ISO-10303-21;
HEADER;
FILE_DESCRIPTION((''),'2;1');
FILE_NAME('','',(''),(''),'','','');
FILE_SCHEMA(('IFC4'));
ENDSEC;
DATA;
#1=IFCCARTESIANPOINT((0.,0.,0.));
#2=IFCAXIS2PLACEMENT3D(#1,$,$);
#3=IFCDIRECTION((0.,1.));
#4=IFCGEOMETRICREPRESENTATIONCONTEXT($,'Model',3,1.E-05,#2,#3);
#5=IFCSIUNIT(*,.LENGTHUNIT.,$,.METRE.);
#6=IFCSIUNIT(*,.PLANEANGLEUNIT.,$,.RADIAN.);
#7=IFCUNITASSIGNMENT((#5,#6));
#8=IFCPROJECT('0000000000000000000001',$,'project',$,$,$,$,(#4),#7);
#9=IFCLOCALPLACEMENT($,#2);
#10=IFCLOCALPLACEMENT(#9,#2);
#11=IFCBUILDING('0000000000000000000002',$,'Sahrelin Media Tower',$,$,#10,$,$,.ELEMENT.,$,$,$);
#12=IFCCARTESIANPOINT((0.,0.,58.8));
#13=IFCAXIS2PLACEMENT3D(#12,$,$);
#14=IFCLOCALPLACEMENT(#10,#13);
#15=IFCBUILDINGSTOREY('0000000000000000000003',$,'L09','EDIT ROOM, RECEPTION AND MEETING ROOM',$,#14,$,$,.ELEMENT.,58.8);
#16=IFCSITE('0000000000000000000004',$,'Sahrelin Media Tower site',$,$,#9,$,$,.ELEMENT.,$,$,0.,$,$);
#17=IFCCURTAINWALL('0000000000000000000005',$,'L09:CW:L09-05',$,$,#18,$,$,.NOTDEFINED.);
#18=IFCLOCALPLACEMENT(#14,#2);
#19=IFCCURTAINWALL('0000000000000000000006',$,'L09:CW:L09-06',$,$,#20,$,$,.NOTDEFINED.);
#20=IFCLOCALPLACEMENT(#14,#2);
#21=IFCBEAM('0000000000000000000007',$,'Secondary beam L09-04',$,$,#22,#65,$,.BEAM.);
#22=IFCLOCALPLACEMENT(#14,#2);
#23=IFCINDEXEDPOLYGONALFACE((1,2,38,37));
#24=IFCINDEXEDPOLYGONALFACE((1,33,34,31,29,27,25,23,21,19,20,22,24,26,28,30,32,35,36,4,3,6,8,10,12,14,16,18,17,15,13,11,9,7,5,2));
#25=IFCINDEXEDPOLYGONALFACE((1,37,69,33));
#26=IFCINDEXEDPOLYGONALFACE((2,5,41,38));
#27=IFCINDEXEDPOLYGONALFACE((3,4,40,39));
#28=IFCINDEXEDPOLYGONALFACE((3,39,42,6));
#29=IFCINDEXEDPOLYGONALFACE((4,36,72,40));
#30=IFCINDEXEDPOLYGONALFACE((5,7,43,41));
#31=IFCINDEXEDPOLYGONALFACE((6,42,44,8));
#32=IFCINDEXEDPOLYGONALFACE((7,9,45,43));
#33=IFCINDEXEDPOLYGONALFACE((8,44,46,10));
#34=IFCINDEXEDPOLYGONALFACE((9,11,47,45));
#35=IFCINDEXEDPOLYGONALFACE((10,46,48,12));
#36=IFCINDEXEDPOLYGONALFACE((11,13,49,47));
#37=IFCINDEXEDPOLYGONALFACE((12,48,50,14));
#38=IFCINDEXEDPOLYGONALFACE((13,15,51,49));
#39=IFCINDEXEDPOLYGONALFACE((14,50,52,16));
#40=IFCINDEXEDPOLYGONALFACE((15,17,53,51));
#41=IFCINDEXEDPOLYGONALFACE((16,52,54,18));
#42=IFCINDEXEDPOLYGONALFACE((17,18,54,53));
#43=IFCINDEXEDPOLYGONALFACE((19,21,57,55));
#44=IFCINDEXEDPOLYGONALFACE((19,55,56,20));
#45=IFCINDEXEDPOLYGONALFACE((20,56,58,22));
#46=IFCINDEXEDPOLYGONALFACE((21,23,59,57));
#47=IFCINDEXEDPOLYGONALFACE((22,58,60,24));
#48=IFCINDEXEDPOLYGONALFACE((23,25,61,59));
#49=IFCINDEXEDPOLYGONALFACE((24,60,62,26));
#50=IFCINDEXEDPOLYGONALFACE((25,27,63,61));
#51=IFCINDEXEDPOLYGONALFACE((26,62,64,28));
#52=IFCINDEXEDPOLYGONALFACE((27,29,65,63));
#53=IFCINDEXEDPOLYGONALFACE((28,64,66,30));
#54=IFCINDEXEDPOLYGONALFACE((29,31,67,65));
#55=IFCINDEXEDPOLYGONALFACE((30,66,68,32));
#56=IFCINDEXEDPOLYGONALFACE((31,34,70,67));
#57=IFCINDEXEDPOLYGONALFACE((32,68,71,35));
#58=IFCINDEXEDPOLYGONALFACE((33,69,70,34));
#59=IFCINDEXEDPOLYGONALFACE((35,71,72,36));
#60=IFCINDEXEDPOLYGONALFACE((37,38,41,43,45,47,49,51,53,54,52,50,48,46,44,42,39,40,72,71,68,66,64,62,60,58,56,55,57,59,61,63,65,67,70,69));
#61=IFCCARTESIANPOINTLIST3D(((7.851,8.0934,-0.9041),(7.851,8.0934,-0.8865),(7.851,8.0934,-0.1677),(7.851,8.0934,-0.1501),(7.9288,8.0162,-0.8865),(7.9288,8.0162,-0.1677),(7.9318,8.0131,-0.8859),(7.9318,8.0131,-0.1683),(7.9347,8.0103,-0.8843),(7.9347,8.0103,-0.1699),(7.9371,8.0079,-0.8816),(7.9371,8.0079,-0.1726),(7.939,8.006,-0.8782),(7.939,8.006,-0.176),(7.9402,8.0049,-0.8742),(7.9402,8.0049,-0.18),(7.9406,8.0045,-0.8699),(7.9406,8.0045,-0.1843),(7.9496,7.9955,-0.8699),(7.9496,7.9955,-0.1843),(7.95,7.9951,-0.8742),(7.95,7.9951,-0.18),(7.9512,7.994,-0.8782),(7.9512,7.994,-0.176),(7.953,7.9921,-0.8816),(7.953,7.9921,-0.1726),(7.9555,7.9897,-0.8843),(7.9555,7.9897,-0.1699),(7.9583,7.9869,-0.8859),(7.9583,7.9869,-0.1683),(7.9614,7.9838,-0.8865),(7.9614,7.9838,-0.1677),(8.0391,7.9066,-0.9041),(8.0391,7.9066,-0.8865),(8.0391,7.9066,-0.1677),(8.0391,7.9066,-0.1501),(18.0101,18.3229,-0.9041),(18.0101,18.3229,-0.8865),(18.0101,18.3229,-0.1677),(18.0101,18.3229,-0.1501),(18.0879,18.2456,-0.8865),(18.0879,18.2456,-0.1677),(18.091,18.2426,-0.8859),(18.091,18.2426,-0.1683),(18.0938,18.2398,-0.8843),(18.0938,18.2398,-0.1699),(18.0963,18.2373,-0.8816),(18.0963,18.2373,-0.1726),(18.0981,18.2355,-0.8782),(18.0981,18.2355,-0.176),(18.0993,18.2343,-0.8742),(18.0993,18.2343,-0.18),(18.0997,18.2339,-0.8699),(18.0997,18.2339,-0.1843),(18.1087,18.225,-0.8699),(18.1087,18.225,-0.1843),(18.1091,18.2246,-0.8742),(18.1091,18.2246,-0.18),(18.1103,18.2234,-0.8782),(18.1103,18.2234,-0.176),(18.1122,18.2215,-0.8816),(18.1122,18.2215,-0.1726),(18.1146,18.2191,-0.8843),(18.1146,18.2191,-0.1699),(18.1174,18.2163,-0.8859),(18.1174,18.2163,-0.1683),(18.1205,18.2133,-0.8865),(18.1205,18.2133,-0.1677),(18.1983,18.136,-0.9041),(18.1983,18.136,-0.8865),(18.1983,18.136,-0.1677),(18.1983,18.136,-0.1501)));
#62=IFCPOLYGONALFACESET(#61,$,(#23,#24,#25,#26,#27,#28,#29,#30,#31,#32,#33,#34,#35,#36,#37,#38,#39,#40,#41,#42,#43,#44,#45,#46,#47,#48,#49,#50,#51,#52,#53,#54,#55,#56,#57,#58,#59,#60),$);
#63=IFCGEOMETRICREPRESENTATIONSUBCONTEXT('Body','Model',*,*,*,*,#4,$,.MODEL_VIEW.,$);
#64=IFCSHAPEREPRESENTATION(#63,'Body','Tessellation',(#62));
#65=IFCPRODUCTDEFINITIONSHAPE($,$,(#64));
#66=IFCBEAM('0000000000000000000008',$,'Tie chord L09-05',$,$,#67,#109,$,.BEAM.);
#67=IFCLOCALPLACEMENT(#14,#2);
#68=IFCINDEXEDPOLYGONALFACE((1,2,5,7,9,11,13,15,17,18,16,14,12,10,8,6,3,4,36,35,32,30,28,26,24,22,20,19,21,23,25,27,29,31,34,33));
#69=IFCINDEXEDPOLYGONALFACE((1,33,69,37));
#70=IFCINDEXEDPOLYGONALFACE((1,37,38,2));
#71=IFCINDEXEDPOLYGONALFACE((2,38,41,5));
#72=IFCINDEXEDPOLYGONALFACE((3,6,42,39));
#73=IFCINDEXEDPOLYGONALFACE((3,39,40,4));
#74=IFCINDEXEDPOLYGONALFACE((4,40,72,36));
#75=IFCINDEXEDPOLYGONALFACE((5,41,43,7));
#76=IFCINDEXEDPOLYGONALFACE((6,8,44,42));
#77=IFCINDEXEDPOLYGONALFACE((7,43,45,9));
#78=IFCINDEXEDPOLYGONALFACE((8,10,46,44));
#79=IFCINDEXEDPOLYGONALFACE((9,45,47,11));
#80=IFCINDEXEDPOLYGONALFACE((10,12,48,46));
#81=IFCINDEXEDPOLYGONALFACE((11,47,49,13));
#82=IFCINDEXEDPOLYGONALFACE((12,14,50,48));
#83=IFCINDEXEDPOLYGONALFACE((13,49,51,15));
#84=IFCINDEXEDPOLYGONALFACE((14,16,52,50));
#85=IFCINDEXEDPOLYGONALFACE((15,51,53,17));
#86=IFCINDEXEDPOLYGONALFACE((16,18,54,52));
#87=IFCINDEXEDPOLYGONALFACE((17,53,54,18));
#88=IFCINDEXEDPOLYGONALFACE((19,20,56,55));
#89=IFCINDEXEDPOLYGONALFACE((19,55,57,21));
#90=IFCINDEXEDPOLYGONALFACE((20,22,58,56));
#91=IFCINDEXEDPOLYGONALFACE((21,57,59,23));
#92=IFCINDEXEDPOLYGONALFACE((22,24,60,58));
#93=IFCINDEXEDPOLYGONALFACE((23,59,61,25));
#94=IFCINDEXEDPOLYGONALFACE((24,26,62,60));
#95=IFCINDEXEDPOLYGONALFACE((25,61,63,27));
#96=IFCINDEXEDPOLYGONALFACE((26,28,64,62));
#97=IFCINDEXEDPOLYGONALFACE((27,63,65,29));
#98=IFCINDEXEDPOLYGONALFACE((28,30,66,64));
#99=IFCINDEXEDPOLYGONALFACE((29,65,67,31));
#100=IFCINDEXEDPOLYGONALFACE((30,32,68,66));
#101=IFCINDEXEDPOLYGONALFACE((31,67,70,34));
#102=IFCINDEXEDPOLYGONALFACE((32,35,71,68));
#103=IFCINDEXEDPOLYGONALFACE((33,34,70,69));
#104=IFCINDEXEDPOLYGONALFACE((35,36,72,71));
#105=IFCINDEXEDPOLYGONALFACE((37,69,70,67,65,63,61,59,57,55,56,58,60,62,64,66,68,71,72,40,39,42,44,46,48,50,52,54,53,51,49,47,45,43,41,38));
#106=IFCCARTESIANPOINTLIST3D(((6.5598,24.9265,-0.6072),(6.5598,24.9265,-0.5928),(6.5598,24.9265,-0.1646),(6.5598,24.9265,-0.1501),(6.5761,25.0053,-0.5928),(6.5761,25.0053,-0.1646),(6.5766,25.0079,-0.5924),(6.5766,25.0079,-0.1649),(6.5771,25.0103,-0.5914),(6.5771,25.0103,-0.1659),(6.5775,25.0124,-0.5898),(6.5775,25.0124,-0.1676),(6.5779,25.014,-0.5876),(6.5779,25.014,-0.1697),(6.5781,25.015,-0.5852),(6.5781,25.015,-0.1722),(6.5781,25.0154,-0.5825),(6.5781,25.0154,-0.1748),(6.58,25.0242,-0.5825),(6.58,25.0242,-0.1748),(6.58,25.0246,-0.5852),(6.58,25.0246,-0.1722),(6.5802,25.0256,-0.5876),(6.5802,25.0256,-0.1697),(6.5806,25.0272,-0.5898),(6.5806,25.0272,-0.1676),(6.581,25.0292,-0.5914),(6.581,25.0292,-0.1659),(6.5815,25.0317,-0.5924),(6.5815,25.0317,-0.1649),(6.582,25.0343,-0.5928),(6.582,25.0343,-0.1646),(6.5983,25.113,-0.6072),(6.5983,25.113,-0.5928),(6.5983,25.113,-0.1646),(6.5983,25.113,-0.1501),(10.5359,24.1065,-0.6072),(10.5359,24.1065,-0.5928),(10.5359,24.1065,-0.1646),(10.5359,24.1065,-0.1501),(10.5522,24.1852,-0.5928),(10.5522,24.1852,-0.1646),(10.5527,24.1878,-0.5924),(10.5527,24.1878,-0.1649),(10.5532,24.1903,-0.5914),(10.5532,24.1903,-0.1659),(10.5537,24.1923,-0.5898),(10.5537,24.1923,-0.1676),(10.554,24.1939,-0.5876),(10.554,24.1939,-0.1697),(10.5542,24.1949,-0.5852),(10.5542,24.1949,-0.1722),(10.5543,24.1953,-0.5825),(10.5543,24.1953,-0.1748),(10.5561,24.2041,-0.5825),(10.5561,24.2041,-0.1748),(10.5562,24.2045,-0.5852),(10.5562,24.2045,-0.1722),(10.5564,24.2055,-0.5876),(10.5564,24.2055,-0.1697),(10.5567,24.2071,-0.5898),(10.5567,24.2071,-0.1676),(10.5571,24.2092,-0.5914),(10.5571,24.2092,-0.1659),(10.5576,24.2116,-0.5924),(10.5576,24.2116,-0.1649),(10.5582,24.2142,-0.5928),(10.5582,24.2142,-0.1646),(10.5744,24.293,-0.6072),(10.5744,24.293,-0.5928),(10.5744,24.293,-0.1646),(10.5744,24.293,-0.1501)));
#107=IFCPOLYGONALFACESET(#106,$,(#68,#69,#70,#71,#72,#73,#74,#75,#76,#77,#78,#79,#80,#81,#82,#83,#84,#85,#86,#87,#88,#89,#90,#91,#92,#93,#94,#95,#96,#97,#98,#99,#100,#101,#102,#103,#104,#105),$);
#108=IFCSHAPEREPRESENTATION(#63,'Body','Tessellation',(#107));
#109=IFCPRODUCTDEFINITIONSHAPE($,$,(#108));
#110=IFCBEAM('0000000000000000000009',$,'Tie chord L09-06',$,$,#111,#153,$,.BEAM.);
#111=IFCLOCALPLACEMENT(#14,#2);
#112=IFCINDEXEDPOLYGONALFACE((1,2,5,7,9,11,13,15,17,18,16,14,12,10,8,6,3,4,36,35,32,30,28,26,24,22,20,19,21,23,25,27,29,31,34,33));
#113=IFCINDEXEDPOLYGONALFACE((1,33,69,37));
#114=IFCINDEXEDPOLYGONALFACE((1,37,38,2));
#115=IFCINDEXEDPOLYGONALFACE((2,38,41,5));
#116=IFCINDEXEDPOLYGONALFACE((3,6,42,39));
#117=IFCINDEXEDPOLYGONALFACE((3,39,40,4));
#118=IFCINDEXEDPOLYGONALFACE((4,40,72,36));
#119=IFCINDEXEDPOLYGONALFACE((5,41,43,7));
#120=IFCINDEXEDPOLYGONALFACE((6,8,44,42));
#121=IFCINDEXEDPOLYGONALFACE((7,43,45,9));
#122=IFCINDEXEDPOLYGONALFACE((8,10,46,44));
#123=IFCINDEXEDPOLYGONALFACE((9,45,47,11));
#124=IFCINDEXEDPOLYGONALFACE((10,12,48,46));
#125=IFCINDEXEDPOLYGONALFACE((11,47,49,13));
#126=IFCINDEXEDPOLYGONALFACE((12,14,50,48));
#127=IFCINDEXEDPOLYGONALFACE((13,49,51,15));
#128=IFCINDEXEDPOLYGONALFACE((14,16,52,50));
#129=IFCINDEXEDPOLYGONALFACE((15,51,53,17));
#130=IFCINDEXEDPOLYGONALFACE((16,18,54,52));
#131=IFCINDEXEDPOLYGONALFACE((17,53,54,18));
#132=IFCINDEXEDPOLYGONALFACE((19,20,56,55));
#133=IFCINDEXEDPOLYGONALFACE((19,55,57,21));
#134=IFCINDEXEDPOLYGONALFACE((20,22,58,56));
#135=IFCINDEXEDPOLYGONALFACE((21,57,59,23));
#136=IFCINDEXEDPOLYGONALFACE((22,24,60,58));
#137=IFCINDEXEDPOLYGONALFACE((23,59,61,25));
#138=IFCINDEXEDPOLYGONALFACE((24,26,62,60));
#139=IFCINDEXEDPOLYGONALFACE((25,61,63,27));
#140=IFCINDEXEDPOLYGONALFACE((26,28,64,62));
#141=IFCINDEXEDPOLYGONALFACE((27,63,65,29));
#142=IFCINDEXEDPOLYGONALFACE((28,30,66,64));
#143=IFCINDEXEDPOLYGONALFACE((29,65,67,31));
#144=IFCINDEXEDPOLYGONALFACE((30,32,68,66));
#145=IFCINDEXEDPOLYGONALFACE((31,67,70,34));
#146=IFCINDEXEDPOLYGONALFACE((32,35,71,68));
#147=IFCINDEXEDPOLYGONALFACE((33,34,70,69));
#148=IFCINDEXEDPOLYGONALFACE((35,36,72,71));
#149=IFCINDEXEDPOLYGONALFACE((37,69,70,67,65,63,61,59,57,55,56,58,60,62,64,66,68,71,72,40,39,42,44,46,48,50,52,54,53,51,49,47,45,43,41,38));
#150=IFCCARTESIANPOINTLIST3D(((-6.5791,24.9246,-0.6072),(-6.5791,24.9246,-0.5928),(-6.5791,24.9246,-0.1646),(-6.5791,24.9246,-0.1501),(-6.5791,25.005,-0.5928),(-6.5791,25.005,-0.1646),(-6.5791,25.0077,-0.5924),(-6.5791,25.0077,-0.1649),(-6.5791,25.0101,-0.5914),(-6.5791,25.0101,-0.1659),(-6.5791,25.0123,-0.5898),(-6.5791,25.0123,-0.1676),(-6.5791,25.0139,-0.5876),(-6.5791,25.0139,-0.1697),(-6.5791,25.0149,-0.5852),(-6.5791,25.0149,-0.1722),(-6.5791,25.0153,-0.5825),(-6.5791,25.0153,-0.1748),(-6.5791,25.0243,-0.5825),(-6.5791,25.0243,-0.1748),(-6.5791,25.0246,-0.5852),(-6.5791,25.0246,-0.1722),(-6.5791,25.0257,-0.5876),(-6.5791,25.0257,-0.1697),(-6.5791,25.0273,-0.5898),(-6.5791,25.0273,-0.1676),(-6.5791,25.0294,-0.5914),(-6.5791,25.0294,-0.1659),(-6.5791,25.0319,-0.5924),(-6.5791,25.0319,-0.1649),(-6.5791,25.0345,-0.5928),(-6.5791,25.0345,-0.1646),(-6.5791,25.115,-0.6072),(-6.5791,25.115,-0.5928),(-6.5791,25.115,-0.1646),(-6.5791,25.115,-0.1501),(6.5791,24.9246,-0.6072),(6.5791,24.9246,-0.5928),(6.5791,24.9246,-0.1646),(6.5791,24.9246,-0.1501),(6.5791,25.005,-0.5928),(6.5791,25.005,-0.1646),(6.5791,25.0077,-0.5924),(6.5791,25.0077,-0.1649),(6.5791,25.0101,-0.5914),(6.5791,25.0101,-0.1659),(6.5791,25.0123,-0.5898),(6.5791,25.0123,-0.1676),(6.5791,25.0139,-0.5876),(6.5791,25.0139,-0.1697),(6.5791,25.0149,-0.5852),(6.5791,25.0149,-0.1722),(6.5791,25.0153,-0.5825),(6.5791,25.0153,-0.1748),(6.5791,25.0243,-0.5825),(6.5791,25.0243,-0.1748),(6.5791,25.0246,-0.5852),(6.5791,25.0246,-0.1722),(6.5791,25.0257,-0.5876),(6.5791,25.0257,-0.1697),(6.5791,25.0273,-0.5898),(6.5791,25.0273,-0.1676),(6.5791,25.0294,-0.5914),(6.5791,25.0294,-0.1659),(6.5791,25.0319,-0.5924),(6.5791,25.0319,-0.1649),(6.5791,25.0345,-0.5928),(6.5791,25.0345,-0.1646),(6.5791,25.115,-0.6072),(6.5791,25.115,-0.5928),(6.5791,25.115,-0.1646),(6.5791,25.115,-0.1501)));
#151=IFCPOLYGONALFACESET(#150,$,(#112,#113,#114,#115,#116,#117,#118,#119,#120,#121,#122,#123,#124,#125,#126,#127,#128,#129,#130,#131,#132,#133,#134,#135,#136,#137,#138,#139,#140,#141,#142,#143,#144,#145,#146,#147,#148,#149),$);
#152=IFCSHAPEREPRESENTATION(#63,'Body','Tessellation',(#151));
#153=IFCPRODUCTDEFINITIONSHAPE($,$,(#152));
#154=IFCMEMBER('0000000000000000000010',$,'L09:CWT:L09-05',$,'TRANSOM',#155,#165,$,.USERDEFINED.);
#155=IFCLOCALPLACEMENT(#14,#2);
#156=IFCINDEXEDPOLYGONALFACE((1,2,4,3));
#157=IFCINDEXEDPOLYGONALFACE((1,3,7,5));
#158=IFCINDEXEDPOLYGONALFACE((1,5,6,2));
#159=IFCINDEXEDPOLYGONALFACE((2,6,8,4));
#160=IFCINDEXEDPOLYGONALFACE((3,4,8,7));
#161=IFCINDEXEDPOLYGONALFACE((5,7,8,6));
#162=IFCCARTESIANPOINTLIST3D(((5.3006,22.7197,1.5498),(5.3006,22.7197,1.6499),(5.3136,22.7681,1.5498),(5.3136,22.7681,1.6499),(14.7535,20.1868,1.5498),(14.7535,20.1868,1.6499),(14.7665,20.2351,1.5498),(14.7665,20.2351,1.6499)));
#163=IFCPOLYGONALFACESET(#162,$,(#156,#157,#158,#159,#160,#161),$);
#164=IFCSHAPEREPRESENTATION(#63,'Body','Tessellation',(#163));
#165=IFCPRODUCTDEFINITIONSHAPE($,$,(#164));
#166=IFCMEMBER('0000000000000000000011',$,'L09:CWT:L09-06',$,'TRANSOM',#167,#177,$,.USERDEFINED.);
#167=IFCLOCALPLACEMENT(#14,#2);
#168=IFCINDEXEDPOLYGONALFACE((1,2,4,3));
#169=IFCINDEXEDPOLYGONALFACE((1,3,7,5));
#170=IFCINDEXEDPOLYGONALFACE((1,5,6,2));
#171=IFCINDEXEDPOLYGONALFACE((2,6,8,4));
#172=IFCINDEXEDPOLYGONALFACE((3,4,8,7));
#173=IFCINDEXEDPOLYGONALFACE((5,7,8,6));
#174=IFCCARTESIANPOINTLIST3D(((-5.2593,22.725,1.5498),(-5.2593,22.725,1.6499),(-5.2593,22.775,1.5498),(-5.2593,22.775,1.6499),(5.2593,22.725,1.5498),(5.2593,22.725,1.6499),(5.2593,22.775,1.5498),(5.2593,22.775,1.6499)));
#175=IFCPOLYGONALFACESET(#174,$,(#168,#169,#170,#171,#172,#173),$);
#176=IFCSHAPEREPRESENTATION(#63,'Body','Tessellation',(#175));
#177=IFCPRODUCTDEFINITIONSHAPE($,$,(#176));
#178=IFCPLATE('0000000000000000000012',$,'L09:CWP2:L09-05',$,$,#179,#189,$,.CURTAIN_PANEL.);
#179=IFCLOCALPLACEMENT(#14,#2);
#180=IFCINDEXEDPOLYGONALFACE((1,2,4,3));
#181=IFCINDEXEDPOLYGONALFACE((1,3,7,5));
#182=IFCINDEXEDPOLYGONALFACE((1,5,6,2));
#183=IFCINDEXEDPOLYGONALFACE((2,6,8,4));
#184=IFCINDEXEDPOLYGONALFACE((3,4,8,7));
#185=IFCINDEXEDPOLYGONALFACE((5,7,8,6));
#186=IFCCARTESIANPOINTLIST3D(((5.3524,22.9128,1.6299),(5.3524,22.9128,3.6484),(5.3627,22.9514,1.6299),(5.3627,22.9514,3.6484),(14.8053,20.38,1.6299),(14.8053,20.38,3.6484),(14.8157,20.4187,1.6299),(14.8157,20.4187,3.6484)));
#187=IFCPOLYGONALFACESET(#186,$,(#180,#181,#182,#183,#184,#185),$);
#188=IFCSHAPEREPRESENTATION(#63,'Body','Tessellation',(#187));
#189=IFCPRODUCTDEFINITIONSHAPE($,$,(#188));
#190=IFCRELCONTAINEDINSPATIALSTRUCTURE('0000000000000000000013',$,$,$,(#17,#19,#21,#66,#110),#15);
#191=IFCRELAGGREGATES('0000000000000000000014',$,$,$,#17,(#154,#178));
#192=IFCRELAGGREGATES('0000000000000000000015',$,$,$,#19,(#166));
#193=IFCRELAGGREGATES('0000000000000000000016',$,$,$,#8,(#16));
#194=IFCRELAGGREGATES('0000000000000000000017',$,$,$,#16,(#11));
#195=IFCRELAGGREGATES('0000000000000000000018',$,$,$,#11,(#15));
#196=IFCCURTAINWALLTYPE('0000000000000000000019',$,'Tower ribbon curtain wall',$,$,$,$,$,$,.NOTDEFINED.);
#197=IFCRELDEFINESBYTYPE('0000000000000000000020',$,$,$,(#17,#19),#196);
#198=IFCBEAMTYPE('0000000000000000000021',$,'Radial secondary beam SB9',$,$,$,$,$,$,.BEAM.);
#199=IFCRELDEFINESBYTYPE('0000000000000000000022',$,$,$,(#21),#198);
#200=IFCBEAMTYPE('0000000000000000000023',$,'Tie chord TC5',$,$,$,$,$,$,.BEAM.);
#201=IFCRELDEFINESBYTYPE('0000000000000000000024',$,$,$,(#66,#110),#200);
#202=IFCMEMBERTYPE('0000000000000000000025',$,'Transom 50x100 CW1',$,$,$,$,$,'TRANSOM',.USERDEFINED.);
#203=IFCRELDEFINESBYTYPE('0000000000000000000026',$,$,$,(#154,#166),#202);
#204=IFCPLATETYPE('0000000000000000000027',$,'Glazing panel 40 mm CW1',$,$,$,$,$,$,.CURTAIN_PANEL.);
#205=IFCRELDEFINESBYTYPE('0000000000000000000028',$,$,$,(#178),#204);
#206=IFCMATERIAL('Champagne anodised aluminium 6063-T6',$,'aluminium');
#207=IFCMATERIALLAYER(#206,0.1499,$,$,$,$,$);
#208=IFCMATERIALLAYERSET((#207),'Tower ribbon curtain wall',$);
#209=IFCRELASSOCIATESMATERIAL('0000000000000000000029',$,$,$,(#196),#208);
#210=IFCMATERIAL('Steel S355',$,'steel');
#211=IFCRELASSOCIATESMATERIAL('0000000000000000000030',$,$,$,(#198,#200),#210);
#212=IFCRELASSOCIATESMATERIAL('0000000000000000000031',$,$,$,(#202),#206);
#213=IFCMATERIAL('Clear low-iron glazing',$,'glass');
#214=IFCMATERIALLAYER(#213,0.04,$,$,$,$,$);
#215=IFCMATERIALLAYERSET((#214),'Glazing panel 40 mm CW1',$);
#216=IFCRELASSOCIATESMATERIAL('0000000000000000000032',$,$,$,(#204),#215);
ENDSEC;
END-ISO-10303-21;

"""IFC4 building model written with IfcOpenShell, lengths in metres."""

from ifc_helpers import new_model, si_unit, direction, frame, origin, origin_2d, place, context, subcontext, project, spatial, polyline, rectangle, i_section, outline, extrude, material, layer, layer_set, material_profile, profile_set, type_object, element, aggregate, save


model = new_model("IFC4")

# Units and contexts
model_context = context("Model", 3, precision=1e-05, world=origin(), true_north=direction((0.0, 1.0)))
body_context = subcontext(model_context, "Body", "Model", "MODEL_VIEW")
ifc_project = project(units=[si_unit("LENGTHUNIT", "METRE"), si_unit("PLANEANGLEUNIT", "RADIAN")], contexts=[model_context])

# Site, building, storey
site_placement = place(None, origin())
site = spatial("IfcSite", under=ifc_project, at=site_placement, Name="Sahrelin Media Tower site", CompositionType="ELEMENT", RefElevation=0.0)
building_placement = place(site_placement, origin())
building = spatial("IfcBuilding", under=site, at=building_placement, Name="Sahrelin Media Tower", CompositionType="ELEMENT")
storey_placement = place(building_placement, frame((0.0, 0.0, 58.8)))
storey = spatial("IfcBuildingStorey", under=building, at=storey_placement, Name="L09", Description="EDIT ROOM, RECEPTION AND MEETING ROOM", CompositionType="ELEMENT", Elevation=58.8)

# Shared definitions
ifc_material_1 = material(Name="Steel S355", Category="steel")

# Curtain walls
ifc_material_2 = material(Name="Champagne anodised aluminium 6063-T6", Category="aluminium")
ifc_layer_1 = layer(ifc_material_2, 0.1499)
ifc_layer_set_1 = layer_set([ifc_layer_1], Name="Tower ribbon curtain wall")
curtain_wall_type = type_object("IfcCurtainWallType", Name="Tower ribbon curtain wall", PredefinedType="NOTDEFINED", material=ifc_layer_set_1)
curtain_wall_1_placement = place(storey_placement, frame((10.084, 21.6658, 0.0), z_axis=(0.0, 0.0, 1.0), x_axis=(1.0, 0.0, 0.0)))
curtain_wall_1 = element("IfcCurtainWall", 1, at=curtain_wall_1_placement, inside=storey, type_object=curtain_wall_type, Name="L09:CW:L09-05", PredefinedType="NOTDEFINED")
placement_1 = place(storey_placement, frame((0.0, 22.9451, 0.0), z_axis=(0.0, 0.0, 1.0), x_axis=(1.0, 0.0, 0.0)))
curtain_wall_2 = element("IfcCurtainWall", 2, at=placement_1, inside=storey, type_object=curtain_wall_type, Name="L09:CW:L09-06", PredefinedType="NOTDEFINED")

# Beams
ifc_material_profile_1 = material_profile(ifc_material_1, i_section(OverallWidth=0.2651, OverallDepth=0.7539, WebThickness=0.0127, FlangeThickness=0.0176, FilletRadius=0.0166, at=origin_2d()), Name="UB 762x267x147")
ifc_profile_set_1 = profile_set([ifc_material_profile_1], Name="Steel S355")
beam_type_1 = type_object("IfcBeamType", Name="Radial secondary beam SB9", PredefinedType="BEAM", material=ifc_profile_set_1)
beam_1_placement = place(storey_placement, frame((7.9451, 8.0, -0.5271), z_axis=(0.704664, 0.709541, 0.0), x_axis=(-0.709541, 0.704664, 0.0)))
element("IfcBeam", 3, at=beam_1_placement, inside=storey, type_object=beam_type_1, Name="Secondary beam L09-04", PredefinedType="BEAM", context=body_context, shape_type="SweptSolid", body=[
    extrude(i_section(OverallWidth=0.2651, OverallDepth=0.7539, WebThickness=0.0127, FlangeThickness=0.0176, FilletRadius=0.0166, at=origin_2d()), origin(), (0.0, 0.0, 1.0), 14.417),
])
ifc_material_profile_2 = material_profile(ifc_material_1, i_section(OverallWidth=0.1904, OverallDepth=0.457, WebThickness=0.009, FlangeThickness=0.0144, FilletRadius=0.0103, at=origin_2d()), Name="UB 457x191x74")
ifc_profile_set_2 = profile_set([ifc_material_profile_2], Name="Steel S355")
beam_type_2 = type_object("IfcBeamType", Name="Tie chord TC5", PredefinedType="BEAM", material=ifc_profile_set_2)
beam_2_placement = place(storey_placement, frame((10.5552, 24.1997, -0.3787), z_axis=(-0.979386, 0.201999, 0.0), x_axis=(-0.201999, -0.979386, 0.0)))
element("IfcBeam", 4, at=beam_2_placement, inside=storey, type_object=beam_type_2, Name="Tie chord L09-05", PredefinedType="BEAM", context=body_context, shape_type="SweptSolid", body=[
    extrude(i_section(OverallWidth=0.1904, OverallDepth=0.457, WebThickness=0.009, FlangeThickness=0.0144, FilletRadius=0.0103, at=origin_2d()), origin(), (0.0, 0.0, 1.0), 4.0598),
])
beam_3_placement = place(storey_placement, frame((6.5791, 25.0198, -0.3787), z_axis=(-1.0, 0.0, 0.0), x_axis=(0.0, -1.0, 0.0)))
element("IfcBeam", 5, at=beam_3_placement, inside=storey, type_object=beam_type_2, Name="Tie chord L09-06", PredefinedType="BEAM", context=body_context, shape_type="SweptSolid", body=[
    extrude(i_section(OverallWidth=0.1904, OverallDepth=0.457, WebThickness=0.009, FlangeThickness=0.0144, FilletRadius=0.0103, at=origin_2d()), origin(), (0.0, 0.0, 1.0), 13.1582),
])

# Members
ifc_material_profile_3 = material_profile(ifc_material_2, rectangle(XDim=0.05, YDim=0.1001, at=origin_2d()), Name="Transom 50x100")
ifc_profile_set_3 = profile_set([ifc_material_profile_3], Name="Champagne anodised aluminium 6063-T6")
member_type_1 = type_object("IfcMemberType", Name="Transom 50x100 CW1", ElementType="TRANSOM", PredefinedType="USERDEFINED", material=ifc_profile_set_3)
member_1_placement = place(storey_placement, frame((14.76, 20.2109, 1.5999), z_axis=(-0.965924, 0.258825, 0.0), x_axis=(-0.258825, -0.965924, 0.0)))
member_1 = element("IfcMember", 6, at=member_1_placement, type_object=member_type_1, Name="L09:CWT:L09-05", ObjectType="TRANSOM", PredefinedType="USERDEFINED", context=body_context, shape_type="SweptSolid", body=[
    extrude(rectangle(XDim=0.05, YDim=0.1001, at=origin_2d()), origin(), (0.0, 0.0, 1.0), 9.7864),
])
member_2_placement = place(storey_placement, frame((5.2593, 22.75, 1.5999), z_axis=(-1.0, 0.0, 0.0), x_axis=(0.0, -1.0, 0.0)))
member_2 = element("IfcMember", 7, at=member_2_placement, type_object=member_type_1, Name="L09:CWT:L09-06", ObjectType="TRANSOM", PredefinedType="USERDEFINED", context=body_context, shape_type="SweptSolid", body=[
    extrude(rectangle(XDim=0.05, YDim=0.1001, at=origin_2d()), origin(), (0.0, 0.0, 1.0), 10.5186),
])

# Plate
ifc_material_3 = material(Name="Clear low-iron glazing", Category="glass")
ifc_layer_2 = layer(ifc_material_3, 0.04)
ifc_layer_set_2 = layer_set([ifc_layer_2], Name="Glazing panel 40 mm CW1")
plate_type_1 = type_object("IfcPlateType", Name="Glazing panel 40 mm CW1", PredefinedType="CURTAIN_PANEL", material=ifc_layer_set_2)
plate_1_placement = place(storey_placement, frame((14.8157, 20.4187, 1.6299), z_axis=(0.258802, 0.96593, 0.0), x_axis=(-0.96593, 0.258802, 0.0)))
plate_1 = element("IfcPlate", 8, at=plate_1_placement, type_object=plate_type_1, Name="L09:CWP2:L09-05", PredefinedType="CURTAIN_PANEL", context=body_context, shape_type="SweptSolid", body=[
    extrude(outline(polyline([(0.0, 0.0), (9.7864, 0.0), (9.7864, 2.0186), (0.0, 2.0186), (0.0, 0.0)])), origin(), (0.0, 0.0, -1.0), 0.04),
])
aggregate(curtain_wall_1, [member_1, plate_1])
aggregate(curtain_wall_2, [member_2])

save(model, "model.ifc")
